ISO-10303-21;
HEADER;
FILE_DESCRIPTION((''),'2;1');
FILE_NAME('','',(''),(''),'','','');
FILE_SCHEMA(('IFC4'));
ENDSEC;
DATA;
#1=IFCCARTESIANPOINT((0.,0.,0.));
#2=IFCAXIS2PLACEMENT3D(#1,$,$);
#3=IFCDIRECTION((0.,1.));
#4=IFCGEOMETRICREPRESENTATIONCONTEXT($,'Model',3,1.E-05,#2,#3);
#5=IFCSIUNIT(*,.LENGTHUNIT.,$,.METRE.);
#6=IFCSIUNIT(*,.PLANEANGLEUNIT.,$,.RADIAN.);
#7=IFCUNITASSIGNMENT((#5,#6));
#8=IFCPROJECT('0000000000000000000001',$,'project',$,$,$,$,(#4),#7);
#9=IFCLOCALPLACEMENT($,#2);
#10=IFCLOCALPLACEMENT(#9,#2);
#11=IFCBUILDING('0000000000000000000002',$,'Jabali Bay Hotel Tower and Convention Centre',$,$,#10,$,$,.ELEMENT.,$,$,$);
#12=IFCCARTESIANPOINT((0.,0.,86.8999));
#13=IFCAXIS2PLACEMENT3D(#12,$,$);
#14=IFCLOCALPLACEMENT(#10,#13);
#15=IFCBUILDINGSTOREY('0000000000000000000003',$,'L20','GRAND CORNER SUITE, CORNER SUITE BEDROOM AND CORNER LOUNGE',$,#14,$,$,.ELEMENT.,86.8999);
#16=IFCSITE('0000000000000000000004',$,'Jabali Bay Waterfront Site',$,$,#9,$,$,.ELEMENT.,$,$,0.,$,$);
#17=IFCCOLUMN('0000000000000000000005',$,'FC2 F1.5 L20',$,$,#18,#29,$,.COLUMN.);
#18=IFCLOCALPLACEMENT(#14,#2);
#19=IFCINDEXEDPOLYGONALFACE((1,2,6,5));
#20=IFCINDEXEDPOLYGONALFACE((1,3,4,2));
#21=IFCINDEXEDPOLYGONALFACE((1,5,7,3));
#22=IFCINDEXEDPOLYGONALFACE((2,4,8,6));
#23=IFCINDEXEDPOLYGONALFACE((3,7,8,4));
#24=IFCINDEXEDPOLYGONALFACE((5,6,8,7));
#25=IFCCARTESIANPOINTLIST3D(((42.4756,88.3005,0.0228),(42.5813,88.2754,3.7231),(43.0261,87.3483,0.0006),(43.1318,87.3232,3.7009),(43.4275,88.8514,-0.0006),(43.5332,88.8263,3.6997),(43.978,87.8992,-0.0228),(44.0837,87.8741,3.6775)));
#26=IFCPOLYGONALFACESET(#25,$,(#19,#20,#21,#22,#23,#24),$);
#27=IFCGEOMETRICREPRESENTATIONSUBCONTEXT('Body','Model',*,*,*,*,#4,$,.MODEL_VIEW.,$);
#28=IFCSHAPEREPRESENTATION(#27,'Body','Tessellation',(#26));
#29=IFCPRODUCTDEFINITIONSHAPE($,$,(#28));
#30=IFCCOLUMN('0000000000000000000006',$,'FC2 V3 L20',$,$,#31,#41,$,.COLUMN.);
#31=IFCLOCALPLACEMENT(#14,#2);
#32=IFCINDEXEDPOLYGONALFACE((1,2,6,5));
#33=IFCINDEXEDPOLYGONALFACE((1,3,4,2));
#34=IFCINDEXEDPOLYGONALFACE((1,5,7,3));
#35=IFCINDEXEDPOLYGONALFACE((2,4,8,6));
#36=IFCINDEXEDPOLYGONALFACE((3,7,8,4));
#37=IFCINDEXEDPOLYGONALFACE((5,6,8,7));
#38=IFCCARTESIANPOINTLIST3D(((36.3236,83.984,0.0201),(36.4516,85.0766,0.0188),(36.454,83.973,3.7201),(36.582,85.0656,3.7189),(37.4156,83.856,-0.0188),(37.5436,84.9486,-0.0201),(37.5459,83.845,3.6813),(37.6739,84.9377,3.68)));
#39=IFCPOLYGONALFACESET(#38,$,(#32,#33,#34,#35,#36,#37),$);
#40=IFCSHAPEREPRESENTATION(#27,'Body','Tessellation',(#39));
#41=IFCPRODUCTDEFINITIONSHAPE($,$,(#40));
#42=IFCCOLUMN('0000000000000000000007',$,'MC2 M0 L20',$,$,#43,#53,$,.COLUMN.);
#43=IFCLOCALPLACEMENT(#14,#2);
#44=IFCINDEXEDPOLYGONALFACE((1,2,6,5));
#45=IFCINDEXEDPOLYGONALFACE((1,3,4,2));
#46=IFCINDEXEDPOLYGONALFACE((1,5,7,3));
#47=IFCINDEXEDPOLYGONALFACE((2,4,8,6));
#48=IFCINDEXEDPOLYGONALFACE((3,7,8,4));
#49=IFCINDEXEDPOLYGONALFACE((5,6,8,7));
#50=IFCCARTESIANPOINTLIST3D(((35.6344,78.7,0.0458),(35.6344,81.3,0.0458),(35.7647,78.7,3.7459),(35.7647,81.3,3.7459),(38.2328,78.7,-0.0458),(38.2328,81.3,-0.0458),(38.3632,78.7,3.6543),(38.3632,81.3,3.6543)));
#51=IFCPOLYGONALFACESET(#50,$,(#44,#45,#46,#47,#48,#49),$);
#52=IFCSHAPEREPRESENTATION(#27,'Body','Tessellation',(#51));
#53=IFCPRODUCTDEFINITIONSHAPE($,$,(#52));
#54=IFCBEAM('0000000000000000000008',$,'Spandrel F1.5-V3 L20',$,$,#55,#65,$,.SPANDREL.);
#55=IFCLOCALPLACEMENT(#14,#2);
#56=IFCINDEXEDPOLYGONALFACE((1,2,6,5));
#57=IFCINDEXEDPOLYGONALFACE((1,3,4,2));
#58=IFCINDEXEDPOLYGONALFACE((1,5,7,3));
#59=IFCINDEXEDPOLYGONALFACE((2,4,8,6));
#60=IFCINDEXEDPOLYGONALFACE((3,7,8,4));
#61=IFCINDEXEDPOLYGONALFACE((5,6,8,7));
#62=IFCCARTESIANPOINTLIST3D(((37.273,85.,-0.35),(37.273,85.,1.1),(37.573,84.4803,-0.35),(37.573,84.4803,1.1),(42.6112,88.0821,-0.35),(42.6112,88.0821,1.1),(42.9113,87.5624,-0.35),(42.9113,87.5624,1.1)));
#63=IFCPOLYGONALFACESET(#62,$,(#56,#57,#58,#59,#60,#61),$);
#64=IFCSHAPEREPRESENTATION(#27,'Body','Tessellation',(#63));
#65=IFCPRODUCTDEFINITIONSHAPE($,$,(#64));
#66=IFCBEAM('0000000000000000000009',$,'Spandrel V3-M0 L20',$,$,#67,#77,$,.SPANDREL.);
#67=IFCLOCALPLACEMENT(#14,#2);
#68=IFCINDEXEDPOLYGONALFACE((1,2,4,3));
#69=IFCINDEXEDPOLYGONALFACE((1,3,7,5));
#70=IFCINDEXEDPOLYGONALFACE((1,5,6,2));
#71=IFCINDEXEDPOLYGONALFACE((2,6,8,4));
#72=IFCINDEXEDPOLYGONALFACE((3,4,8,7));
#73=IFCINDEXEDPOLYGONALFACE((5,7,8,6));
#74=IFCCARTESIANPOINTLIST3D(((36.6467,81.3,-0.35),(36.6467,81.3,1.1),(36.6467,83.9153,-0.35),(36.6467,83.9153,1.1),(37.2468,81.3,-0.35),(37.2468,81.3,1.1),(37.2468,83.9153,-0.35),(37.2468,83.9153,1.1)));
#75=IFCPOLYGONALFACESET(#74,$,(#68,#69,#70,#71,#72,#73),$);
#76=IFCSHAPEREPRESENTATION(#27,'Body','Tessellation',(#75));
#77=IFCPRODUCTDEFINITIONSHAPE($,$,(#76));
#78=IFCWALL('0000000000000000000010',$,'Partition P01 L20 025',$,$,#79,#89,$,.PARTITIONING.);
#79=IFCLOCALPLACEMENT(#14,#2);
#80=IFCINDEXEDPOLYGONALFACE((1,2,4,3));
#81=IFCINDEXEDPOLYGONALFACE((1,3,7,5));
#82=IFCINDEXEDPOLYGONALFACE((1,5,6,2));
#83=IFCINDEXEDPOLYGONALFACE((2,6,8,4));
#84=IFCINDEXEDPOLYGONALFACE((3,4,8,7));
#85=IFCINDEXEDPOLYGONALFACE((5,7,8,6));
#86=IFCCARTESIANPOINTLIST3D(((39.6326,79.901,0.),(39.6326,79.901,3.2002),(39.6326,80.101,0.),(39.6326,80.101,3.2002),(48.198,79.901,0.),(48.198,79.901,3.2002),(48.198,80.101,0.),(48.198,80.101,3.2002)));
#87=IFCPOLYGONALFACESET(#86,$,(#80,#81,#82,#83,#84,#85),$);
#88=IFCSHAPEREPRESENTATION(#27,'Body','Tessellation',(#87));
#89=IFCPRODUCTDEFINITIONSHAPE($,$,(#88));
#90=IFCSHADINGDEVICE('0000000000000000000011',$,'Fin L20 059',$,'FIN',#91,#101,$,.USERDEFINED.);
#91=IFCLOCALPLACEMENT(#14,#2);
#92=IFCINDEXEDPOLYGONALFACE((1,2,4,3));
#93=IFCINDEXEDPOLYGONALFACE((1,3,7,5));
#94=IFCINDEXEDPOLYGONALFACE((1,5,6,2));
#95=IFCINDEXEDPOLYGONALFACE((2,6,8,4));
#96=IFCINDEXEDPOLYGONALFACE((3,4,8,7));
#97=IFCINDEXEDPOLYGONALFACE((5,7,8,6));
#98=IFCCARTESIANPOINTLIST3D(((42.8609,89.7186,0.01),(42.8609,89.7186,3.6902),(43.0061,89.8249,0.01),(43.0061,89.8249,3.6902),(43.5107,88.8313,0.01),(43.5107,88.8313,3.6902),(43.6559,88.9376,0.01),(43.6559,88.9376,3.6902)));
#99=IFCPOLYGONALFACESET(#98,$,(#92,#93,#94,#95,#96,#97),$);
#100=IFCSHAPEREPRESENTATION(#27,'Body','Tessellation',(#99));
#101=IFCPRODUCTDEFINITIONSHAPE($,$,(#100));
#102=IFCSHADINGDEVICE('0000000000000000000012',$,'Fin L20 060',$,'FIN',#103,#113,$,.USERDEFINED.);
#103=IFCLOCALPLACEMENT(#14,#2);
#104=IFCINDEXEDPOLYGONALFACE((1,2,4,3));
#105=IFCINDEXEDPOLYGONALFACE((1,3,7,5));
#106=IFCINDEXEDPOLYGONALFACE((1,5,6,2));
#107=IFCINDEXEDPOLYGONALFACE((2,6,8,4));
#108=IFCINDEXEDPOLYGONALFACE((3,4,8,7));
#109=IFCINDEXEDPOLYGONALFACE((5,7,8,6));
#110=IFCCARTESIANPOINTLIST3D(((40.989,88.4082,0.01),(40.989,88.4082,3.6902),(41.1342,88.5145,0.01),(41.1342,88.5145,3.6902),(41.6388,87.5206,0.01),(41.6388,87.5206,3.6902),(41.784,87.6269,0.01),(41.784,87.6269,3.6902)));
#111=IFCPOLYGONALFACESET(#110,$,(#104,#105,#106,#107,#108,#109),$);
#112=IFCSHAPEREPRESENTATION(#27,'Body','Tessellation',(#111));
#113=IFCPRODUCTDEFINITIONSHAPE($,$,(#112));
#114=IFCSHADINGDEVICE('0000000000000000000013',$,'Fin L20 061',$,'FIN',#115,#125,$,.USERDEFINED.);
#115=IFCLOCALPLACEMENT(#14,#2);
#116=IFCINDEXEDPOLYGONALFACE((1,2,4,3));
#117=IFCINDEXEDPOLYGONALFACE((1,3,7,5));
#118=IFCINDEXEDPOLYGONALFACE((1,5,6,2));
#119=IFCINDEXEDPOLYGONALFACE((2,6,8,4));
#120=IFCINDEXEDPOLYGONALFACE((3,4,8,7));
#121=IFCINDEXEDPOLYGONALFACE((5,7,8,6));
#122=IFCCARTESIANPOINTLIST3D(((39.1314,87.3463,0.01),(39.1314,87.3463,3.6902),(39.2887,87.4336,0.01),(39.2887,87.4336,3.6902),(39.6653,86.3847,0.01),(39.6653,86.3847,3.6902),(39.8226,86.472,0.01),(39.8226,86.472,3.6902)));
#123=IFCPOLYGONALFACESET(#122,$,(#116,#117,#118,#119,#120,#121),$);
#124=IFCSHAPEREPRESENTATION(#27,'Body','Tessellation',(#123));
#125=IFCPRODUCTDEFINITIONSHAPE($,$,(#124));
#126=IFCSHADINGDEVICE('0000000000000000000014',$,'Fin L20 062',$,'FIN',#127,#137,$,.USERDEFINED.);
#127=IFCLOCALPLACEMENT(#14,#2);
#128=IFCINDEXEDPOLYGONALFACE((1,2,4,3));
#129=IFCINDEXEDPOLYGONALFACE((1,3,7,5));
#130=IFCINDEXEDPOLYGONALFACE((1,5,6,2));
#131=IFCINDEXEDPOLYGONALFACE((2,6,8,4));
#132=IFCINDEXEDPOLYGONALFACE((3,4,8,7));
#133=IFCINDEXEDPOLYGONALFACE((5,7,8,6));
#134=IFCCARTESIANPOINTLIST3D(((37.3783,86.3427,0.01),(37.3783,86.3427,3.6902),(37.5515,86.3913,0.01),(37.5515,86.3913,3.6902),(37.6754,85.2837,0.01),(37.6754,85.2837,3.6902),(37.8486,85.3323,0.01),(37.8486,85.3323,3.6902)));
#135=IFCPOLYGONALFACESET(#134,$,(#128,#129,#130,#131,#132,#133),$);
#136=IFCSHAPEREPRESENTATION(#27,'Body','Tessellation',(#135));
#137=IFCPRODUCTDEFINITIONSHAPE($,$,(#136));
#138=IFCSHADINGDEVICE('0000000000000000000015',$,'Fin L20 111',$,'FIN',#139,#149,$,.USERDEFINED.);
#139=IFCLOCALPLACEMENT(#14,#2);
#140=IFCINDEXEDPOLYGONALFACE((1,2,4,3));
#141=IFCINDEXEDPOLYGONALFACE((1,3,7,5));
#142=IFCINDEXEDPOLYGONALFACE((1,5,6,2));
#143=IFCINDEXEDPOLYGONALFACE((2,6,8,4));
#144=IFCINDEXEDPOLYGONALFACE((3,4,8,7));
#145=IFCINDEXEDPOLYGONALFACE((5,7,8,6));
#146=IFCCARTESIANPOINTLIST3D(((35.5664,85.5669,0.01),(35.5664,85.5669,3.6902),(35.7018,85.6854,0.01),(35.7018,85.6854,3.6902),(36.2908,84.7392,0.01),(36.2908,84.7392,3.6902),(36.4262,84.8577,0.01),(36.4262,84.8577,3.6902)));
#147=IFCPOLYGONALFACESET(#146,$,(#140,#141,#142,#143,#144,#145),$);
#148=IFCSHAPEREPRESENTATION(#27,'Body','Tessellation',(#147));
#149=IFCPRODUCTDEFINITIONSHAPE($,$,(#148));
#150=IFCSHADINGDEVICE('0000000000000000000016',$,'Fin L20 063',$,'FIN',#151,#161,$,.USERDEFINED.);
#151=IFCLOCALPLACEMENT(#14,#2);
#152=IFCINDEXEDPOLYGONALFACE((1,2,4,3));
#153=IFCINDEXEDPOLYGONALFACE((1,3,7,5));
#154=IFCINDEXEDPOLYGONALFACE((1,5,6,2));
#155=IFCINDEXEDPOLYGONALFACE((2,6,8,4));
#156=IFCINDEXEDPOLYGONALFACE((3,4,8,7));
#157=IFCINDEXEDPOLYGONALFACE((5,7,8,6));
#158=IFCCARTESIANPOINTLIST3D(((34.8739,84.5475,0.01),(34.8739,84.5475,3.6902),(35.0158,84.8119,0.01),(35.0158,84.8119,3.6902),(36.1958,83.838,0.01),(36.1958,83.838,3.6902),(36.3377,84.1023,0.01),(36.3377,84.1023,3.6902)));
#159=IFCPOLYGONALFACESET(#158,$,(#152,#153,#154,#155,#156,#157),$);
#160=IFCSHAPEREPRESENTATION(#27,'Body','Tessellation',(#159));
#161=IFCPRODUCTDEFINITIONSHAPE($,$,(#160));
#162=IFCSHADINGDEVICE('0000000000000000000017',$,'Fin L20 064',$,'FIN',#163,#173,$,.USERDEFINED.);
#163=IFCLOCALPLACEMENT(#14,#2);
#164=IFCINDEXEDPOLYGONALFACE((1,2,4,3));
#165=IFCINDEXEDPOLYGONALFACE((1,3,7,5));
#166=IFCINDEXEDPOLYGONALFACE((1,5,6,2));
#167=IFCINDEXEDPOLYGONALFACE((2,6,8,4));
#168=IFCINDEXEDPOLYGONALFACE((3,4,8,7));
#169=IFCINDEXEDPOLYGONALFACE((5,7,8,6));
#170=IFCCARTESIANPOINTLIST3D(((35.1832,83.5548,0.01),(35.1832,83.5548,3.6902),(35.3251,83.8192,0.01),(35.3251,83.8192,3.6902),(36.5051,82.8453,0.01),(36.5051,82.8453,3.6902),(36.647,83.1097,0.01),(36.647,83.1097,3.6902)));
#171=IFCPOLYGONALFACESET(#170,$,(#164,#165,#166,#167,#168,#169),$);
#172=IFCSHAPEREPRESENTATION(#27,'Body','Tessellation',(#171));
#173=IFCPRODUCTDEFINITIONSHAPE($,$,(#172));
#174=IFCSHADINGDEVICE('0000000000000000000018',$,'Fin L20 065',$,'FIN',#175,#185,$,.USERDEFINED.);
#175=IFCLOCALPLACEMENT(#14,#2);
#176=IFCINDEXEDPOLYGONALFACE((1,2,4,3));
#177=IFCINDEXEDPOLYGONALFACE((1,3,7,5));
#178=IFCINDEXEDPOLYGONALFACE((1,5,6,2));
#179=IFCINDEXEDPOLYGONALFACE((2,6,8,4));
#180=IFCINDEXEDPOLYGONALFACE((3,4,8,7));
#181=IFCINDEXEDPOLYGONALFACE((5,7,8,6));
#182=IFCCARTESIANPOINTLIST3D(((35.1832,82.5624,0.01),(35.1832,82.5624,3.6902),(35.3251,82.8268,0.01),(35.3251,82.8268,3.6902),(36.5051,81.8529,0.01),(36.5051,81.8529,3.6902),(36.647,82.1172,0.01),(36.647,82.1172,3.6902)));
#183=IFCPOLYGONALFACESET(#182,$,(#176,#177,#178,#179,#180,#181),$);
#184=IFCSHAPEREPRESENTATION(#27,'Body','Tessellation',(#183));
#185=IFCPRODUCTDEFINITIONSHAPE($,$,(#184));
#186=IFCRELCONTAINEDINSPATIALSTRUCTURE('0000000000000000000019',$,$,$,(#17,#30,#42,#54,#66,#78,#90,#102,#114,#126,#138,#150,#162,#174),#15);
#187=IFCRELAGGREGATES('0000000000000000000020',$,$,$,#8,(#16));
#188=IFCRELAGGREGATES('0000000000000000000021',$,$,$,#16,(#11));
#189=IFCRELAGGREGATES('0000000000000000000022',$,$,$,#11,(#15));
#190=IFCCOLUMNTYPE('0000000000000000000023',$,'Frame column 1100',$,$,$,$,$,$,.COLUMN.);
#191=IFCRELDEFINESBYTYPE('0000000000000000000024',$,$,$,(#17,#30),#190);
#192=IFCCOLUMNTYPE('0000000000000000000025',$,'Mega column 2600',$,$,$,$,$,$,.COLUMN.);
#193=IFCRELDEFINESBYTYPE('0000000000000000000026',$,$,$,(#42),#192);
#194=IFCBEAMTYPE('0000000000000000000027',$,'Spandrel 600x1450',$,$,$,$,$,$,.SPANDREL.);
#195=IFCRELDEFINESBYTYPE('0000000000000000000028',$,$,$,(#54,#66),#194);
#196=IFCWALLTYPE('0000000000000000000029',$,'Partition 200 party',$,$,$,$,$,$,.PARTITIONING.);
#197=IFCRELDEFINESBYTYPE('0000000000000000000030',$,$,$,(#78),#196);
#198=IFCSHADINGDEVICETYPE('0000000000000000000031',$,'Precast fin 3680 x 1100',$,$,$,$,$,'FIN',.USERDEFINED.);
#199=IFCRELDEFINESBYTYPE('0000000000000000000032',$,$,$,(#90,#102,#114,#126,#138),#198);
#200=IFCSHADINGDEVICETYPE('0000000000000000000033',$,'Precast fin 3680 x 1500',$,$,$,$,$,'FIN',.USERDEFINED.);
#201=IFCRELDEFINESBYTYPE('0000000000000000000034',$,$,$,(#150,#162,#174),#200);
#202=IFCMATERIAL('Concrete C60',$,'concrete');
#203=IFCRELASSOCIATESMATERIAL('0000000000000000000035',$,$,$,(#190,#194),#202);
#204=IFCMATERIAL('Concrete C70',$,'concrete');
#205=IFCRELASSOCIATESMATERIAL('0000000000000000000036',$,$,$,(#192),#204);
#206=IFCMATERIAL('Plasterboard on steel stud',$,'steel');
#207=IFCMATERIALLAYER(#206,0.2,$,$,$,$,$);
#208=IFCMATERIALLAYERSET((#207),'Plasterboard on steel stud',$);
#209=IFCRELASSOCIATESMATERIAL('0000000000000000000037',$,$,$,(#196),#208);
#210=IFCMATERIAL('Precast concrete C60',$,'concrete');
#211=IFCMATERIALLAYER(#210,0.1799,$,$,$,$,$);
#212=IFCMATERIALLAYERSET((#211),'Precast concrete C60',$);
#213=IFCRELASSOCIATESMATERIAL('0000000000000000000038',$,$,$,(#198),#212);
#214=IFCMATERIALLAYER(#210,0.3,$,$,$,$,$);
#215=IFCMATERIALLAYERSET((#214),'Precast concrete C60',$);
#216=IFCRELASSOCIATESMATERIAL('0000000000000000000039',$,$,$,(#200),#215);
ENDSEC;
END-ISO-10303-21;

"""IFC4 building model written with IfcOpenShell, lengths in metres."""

from ifc_helpers import new_model, si_unit, direction, frame, frame_2d, origin, origin_2d, place, context, subcontext, project, spatial, rectangle, extrude, material, layer, layer_set, material_profile, profile_set, type_object, element, save


model = new_model("IFC4")

# Units and contexts
model_context = context("Model", 3, precision=1e-05, world=origin(), true_north=direction((0.0, 1.0)))
body_context = subcontext(model_context, "Body", "Model", "MODEL_VIEW")
ifc_project = project(units=[si_unit("LENGTHUNIT", "METRE"), si_unit("PLANEANGLEUNIT", "RADIAN")], contexts=[model_context])

# Site, building, storey
site_placement = place(None, origin())
site = spatial("IfcSite", under=ifc_project, at=site_placement, Name="Jabali Bay Waterfront Site", CompositionType="ELEMENT", RefElevation=0.0)
building_placement = place(site_placement, origin())
building = spatial("IfcBuilding", under=site, at=building_placement, Name="Jabali Bay Hotel Tower and Convention Centre", CompositionType="ELEMENT")
storey_placement = place(building_placement, frame((0.0, 0.0, 86.8999)))
storey = spatial("IfcBuildingStorey", under=building, at=storey_placement, Name="L20", Description="GRAND CORNER SUITE, CORNER SUITE BEDROOM AND CORNER LOUNGE", CompositionType="ELEMENT", Elevation=86.8999)

# Columns
ifc_material_1 = material(Name="Concrete C60", Category="concrete")
ifc_material_profile_1 = material_profile(ifc_material_1, rectangle(XDim=1.1001, YDim=1.1001, at=origin_2d()), Name="Frame column 1100")
ifc_profile_set_1 = profile_set([ifc_material_profile_1], Name="Concrete C60")
column_type_1 = type_object("IfcColumnType", Name="Frame column 1100", PredefinedType="COLUMN", material=ifc_profile_set_1)
column_1_placement = place(storey_placement, frame((43.2268, 88.0999, 0.0), z_axis=(0.028557, -0.006793, 0.999569), x_axis=(-0.500408, 0.865555, 0.020179)))
element("IfcColumn", 1, at=column_1_placement, inside=storey, type_object=column_type_1, Name="FC2 F1.5 L20", PredefinedType="COLUMN", context=body_context, shape_type="SweptSolid", body=[
    extrude(rectangle(XDim=1.1001, YDim=1.1001, at=origin_2d()), origin(), (0.0, 0.0, 1.0), 3.7019),
])
column_2_placement = place(storey_placement, frame((36.9336, 84.4663, 0.0), z_axis=(0.035212, -0.002967, 0.999375), x_axis=(-0.992583, 0.116325, 0.035318)))
element("IfcColumn", 2, at=column_2_placement, inside=storey, type_object=column_type_1, Name="FC2 V3 L20", PredefinedType="COLUMN", context=body_context, shape_type="SweptSolid", body=[
    extrude(rectangle(XDim=1.1001, YDim=1.1001, at=origin_2d()), origin(), (0.0, 0.0, 1.0), 3.7024),
])
ifc_material_2 = material(Name="Concrete C70", Category="concrete")
ifc_material_profile_2 = material_profile(ifc_material_2, rectangle(XDim=2.6001, YDim=2.6001, at=origin_2d()), Name="Mega column 2600")
ifc_profile_set_2 = profile_set([ifc_material_profile_2], Name="Concrete C70")
column_type_2 = type_object("IfcColumnType", Name="Mega column 2600", PredefinedType="COLUMN", material=ifc_profile_set_2)
column_3_placement = place(storey_placement, frame((36.9336, 80.0, 0.0), z_axis=(0.035212, 0.0, 0.99938), x_axis=(0.0, 1.0, 0.0)))
element("IfcColumn", 3, at=column_3_placement, inside=storey, type_object=column_type_2, Name="MC2 M0 L20", PredefinedType="COLUMN", context=body_context, shape_type="SweptSolid", body=[
    extrude(rectangle(XDim=2.6001, YDim=2.6001, at=origin_2d()), origin(), (0.0, 0.0, 1.0), 3.7024),
])

# Beams
ifc_material_profile_3 = material_profile(ifc_material_1, rectangle(XDim=0.6001, YDim=1.45, at=origin_2d()), Name="Spandrel 600x1450")
ifc_profile_set_3 = profile_set([ifc_material_profile_3], Name="Concrete C60")
beam_type = type_object("IfcBeamType", Name="Spandrel 600x1450", PredefinedType="SPANDREL", material=ifc_profile_set_3)
beam_1_placement = place(storey_placement, frame((42.7612, 87.8223, 0.375), z_axis=(-0.866021, -0.500007, 0.0), x_axis=(0.500007, -0.866021, 0.0)))
element("IfcBeam", 4, at=beam_1_placement, inside=storey, type_object=beam_type, Name="Spandrel F1.5-V3 L20", PredefinedType="SPANDREL", context=body_context, shape_type="SweptSolid", body=[
    extrude(rectangle(XDim=0.6001, YDim=1.45, at=origin_2d()), origin(), (0.0, 0.0, 1.0), 6.1641),
])
beam_2_placement = place(storey_placement, frame((36.9468, 83.9153, 0.375), z_axis=(0.0, -1.0, 0.0), x_axis=(1.0, 0.0, 0.0)))
element("IfcBeam", 5, at=beam_2_placement, inside=storey, type_object=beam_type, Name="Spandrel V3-M0 L20", PredefinedType="SPANDREL", context=body_context, shape_type="SweptSolid", body=[
    extrude(rectangle(XDim=0.6001, YDim=1.45, at=origin_2d()), origin(), (0.0, 0.0, 1.0), 2.6152),
])

# Wall
ifc_material_3 = material(Name="Plasterboard on steel stud", Category="steel")
ifc_layer_1 = layer(ifc_material_3, 0.2)
ifc_layer_set_1 = layer_set([ifc_layer_1], Name="Plasterboard on steel stud")
wall_type_1 = type_object("IfcWallType", Name="Partition 200 party", PredefinedType="PARTITIONING", material=ifc_layer_set_1)
wall_1_placement = place(storey_placement, frame((39.6326, 80.001, 0.0), z_axis=(0.0, 0.0, 1.0), x_axis=(1.0, 0.0, 0.0)))
element("IfcWall", 6, at=wall_1_placement, inside=storey, type_object=wall_type_1, Name="Partition P01 L20 025", PredefinedType="PARTITIONING", context=body_context, shape_type="SweptSolid", body=[
    extrude(rectangle(XDim=8.5654, YDim=0.2, at=frame_2d((4.2827, 0.0))), origin(), (0.0, 0.0, 1.0), 3.2002),
])

# Shading devices
ifc_material_4 = material(Name="Precast concrete C60", Category="concrete")
ifc_layer_2 = layer(ifc_material_4, 0.1799)
ifc_layer_set_2 = layer_set([ifc_layer_2], Name="Precast concrete C60")
shading_device_type_1 = type_object("IfcShadingDeviceType", Name="Precast fin 3680 x 1100", ElementType="FIN", PredefinedType="USERDEFINED", material=ifc_layer_set_2)
shading_device_1_placement = place(storey_placement, frame((43.5833, 88.8845, 0.01), z_axis=(0.0, 0.0, 1.0), x_axis=(-0.590834, 0.806793, 0.0)))
element("IfcShadingDevice", 7, at=shading_device_1_placement, inside=storey, type_object=shading_device_type_1, Name="Fin L20 059", ObjectType="FIN", PredefinedType="USERDEFINED", context=body_context, shape_type="SweptSolid", body=[
    extrude(rectangle(XDim=1.0999, YDim=0.1799, at=frame_2d((0.5498, 0.0))), origin(), (0.0, 0.0, 1.0), 3.6802),
])
shading_device_2_placement = place(storey_placement, frame((41.7114, 87.5737, 0.01), z_axis=(0.0, 0.0, 1.0), x_axis=(-0.590729, 0.80687, 0.0)))
element("IfcShadingDevice", 8, at=shading_device_2_placement, inside=storey, type_object=shading_device_type_1, Name="Fin L20 060", ObjectType="FIN", PredefinedType="USERDEFINED", context=body_context, shape_type="SweptSolid", body=[
    extrude(rectangle(XDim=1.1001, YDim=0.1799, at=frame_2d((0.55, 0.0))), origin(), (0.0, 0.0, 1.0), 3.6802),
])
for number, where, z_axis, x_axis, name in (
    (9, (39.7439, 86.4285, 0.01), (0.0, 0.0, 1.0), (-0.485417, 0.874283, 0.0), "Fin L20 061"),
    (10, (37.762, 85.3081, 0.01), (0.0, 0.0, 1.0), (-0.270116, 0.962828, 0.0), "Fin L20 062"),
    (11, (36.3584, 84.7986, 0.01), (0.0, 0.0, 1.0), (-0.658599, 0.752494, 0.0), "Fin L20 111"),
):
    element("IfcShadingDevice", number, at=place(storey_placement, frame(where, z_axis=z_axis, x_axis=x_axis)), inside=storey, type_object=shading_device_type_1, Name=name, ObjectType="FIN", PredefinedType="USERDEFINED", context=body_context, shape_type="SweptSolid", body=[
        extrude(rectangle(XDim=1.0999, YDim=0.1799, at=frame_2d((0.5498, 0.0))), origin(), (0.0, 0.0, 1.0), 3.6802),
    ])
ifc_layer_3 = layer(ifc_material_4, 0.3)
ifc_layer_set_3 = layer_set([ifc_layer_3], Name="Precast concrete C60")
shading_device_type_2 = type_object("IfcShadingDeviceType", Name="Precast fin 3680 x 1500", ElementType="FIN", PredefinedType="USERDEFINED", material=ifc_layer_set_3)
for number, where, z_axis, x_axis, name in (
    (12, (36.2666, 83.9702, 0.01), (0.0, 0.0, 1.0), (-0.881097, 0.472935, 0.0), "Fin L20 063"),
    (13, (36.5759, 82.9775, 0.01), (0.0, 0.0, 1.0), (-0.881097, 0.472935, 0.0), "Fin L20 064"),
    (14, (36.5759, 81.9851, 0.01), (0.0, 0.0, 1.0), (-0.881097, 0.472935, 0.0), "Fin L20 065"),
):
    element("IfcShadingDevice", number, at=place(storey_placement, frame(where, z_axis=z_axis, x_axis=x_axis)), inside=storey, type_object=shading_device_type_2, Name=name, ObjectType="FIN", PredefinedType="USERDEFINED", context=body_context, shape_type="SweptSolid", body=[
        extrude(rectangle(XDim=1.5002, YDim=0.3, at=frame_2d((0.75, 0.0))), origin(), (0.0, 0.0, 1.0), 3.6802),
    ])

save(model, "model.ifc")
